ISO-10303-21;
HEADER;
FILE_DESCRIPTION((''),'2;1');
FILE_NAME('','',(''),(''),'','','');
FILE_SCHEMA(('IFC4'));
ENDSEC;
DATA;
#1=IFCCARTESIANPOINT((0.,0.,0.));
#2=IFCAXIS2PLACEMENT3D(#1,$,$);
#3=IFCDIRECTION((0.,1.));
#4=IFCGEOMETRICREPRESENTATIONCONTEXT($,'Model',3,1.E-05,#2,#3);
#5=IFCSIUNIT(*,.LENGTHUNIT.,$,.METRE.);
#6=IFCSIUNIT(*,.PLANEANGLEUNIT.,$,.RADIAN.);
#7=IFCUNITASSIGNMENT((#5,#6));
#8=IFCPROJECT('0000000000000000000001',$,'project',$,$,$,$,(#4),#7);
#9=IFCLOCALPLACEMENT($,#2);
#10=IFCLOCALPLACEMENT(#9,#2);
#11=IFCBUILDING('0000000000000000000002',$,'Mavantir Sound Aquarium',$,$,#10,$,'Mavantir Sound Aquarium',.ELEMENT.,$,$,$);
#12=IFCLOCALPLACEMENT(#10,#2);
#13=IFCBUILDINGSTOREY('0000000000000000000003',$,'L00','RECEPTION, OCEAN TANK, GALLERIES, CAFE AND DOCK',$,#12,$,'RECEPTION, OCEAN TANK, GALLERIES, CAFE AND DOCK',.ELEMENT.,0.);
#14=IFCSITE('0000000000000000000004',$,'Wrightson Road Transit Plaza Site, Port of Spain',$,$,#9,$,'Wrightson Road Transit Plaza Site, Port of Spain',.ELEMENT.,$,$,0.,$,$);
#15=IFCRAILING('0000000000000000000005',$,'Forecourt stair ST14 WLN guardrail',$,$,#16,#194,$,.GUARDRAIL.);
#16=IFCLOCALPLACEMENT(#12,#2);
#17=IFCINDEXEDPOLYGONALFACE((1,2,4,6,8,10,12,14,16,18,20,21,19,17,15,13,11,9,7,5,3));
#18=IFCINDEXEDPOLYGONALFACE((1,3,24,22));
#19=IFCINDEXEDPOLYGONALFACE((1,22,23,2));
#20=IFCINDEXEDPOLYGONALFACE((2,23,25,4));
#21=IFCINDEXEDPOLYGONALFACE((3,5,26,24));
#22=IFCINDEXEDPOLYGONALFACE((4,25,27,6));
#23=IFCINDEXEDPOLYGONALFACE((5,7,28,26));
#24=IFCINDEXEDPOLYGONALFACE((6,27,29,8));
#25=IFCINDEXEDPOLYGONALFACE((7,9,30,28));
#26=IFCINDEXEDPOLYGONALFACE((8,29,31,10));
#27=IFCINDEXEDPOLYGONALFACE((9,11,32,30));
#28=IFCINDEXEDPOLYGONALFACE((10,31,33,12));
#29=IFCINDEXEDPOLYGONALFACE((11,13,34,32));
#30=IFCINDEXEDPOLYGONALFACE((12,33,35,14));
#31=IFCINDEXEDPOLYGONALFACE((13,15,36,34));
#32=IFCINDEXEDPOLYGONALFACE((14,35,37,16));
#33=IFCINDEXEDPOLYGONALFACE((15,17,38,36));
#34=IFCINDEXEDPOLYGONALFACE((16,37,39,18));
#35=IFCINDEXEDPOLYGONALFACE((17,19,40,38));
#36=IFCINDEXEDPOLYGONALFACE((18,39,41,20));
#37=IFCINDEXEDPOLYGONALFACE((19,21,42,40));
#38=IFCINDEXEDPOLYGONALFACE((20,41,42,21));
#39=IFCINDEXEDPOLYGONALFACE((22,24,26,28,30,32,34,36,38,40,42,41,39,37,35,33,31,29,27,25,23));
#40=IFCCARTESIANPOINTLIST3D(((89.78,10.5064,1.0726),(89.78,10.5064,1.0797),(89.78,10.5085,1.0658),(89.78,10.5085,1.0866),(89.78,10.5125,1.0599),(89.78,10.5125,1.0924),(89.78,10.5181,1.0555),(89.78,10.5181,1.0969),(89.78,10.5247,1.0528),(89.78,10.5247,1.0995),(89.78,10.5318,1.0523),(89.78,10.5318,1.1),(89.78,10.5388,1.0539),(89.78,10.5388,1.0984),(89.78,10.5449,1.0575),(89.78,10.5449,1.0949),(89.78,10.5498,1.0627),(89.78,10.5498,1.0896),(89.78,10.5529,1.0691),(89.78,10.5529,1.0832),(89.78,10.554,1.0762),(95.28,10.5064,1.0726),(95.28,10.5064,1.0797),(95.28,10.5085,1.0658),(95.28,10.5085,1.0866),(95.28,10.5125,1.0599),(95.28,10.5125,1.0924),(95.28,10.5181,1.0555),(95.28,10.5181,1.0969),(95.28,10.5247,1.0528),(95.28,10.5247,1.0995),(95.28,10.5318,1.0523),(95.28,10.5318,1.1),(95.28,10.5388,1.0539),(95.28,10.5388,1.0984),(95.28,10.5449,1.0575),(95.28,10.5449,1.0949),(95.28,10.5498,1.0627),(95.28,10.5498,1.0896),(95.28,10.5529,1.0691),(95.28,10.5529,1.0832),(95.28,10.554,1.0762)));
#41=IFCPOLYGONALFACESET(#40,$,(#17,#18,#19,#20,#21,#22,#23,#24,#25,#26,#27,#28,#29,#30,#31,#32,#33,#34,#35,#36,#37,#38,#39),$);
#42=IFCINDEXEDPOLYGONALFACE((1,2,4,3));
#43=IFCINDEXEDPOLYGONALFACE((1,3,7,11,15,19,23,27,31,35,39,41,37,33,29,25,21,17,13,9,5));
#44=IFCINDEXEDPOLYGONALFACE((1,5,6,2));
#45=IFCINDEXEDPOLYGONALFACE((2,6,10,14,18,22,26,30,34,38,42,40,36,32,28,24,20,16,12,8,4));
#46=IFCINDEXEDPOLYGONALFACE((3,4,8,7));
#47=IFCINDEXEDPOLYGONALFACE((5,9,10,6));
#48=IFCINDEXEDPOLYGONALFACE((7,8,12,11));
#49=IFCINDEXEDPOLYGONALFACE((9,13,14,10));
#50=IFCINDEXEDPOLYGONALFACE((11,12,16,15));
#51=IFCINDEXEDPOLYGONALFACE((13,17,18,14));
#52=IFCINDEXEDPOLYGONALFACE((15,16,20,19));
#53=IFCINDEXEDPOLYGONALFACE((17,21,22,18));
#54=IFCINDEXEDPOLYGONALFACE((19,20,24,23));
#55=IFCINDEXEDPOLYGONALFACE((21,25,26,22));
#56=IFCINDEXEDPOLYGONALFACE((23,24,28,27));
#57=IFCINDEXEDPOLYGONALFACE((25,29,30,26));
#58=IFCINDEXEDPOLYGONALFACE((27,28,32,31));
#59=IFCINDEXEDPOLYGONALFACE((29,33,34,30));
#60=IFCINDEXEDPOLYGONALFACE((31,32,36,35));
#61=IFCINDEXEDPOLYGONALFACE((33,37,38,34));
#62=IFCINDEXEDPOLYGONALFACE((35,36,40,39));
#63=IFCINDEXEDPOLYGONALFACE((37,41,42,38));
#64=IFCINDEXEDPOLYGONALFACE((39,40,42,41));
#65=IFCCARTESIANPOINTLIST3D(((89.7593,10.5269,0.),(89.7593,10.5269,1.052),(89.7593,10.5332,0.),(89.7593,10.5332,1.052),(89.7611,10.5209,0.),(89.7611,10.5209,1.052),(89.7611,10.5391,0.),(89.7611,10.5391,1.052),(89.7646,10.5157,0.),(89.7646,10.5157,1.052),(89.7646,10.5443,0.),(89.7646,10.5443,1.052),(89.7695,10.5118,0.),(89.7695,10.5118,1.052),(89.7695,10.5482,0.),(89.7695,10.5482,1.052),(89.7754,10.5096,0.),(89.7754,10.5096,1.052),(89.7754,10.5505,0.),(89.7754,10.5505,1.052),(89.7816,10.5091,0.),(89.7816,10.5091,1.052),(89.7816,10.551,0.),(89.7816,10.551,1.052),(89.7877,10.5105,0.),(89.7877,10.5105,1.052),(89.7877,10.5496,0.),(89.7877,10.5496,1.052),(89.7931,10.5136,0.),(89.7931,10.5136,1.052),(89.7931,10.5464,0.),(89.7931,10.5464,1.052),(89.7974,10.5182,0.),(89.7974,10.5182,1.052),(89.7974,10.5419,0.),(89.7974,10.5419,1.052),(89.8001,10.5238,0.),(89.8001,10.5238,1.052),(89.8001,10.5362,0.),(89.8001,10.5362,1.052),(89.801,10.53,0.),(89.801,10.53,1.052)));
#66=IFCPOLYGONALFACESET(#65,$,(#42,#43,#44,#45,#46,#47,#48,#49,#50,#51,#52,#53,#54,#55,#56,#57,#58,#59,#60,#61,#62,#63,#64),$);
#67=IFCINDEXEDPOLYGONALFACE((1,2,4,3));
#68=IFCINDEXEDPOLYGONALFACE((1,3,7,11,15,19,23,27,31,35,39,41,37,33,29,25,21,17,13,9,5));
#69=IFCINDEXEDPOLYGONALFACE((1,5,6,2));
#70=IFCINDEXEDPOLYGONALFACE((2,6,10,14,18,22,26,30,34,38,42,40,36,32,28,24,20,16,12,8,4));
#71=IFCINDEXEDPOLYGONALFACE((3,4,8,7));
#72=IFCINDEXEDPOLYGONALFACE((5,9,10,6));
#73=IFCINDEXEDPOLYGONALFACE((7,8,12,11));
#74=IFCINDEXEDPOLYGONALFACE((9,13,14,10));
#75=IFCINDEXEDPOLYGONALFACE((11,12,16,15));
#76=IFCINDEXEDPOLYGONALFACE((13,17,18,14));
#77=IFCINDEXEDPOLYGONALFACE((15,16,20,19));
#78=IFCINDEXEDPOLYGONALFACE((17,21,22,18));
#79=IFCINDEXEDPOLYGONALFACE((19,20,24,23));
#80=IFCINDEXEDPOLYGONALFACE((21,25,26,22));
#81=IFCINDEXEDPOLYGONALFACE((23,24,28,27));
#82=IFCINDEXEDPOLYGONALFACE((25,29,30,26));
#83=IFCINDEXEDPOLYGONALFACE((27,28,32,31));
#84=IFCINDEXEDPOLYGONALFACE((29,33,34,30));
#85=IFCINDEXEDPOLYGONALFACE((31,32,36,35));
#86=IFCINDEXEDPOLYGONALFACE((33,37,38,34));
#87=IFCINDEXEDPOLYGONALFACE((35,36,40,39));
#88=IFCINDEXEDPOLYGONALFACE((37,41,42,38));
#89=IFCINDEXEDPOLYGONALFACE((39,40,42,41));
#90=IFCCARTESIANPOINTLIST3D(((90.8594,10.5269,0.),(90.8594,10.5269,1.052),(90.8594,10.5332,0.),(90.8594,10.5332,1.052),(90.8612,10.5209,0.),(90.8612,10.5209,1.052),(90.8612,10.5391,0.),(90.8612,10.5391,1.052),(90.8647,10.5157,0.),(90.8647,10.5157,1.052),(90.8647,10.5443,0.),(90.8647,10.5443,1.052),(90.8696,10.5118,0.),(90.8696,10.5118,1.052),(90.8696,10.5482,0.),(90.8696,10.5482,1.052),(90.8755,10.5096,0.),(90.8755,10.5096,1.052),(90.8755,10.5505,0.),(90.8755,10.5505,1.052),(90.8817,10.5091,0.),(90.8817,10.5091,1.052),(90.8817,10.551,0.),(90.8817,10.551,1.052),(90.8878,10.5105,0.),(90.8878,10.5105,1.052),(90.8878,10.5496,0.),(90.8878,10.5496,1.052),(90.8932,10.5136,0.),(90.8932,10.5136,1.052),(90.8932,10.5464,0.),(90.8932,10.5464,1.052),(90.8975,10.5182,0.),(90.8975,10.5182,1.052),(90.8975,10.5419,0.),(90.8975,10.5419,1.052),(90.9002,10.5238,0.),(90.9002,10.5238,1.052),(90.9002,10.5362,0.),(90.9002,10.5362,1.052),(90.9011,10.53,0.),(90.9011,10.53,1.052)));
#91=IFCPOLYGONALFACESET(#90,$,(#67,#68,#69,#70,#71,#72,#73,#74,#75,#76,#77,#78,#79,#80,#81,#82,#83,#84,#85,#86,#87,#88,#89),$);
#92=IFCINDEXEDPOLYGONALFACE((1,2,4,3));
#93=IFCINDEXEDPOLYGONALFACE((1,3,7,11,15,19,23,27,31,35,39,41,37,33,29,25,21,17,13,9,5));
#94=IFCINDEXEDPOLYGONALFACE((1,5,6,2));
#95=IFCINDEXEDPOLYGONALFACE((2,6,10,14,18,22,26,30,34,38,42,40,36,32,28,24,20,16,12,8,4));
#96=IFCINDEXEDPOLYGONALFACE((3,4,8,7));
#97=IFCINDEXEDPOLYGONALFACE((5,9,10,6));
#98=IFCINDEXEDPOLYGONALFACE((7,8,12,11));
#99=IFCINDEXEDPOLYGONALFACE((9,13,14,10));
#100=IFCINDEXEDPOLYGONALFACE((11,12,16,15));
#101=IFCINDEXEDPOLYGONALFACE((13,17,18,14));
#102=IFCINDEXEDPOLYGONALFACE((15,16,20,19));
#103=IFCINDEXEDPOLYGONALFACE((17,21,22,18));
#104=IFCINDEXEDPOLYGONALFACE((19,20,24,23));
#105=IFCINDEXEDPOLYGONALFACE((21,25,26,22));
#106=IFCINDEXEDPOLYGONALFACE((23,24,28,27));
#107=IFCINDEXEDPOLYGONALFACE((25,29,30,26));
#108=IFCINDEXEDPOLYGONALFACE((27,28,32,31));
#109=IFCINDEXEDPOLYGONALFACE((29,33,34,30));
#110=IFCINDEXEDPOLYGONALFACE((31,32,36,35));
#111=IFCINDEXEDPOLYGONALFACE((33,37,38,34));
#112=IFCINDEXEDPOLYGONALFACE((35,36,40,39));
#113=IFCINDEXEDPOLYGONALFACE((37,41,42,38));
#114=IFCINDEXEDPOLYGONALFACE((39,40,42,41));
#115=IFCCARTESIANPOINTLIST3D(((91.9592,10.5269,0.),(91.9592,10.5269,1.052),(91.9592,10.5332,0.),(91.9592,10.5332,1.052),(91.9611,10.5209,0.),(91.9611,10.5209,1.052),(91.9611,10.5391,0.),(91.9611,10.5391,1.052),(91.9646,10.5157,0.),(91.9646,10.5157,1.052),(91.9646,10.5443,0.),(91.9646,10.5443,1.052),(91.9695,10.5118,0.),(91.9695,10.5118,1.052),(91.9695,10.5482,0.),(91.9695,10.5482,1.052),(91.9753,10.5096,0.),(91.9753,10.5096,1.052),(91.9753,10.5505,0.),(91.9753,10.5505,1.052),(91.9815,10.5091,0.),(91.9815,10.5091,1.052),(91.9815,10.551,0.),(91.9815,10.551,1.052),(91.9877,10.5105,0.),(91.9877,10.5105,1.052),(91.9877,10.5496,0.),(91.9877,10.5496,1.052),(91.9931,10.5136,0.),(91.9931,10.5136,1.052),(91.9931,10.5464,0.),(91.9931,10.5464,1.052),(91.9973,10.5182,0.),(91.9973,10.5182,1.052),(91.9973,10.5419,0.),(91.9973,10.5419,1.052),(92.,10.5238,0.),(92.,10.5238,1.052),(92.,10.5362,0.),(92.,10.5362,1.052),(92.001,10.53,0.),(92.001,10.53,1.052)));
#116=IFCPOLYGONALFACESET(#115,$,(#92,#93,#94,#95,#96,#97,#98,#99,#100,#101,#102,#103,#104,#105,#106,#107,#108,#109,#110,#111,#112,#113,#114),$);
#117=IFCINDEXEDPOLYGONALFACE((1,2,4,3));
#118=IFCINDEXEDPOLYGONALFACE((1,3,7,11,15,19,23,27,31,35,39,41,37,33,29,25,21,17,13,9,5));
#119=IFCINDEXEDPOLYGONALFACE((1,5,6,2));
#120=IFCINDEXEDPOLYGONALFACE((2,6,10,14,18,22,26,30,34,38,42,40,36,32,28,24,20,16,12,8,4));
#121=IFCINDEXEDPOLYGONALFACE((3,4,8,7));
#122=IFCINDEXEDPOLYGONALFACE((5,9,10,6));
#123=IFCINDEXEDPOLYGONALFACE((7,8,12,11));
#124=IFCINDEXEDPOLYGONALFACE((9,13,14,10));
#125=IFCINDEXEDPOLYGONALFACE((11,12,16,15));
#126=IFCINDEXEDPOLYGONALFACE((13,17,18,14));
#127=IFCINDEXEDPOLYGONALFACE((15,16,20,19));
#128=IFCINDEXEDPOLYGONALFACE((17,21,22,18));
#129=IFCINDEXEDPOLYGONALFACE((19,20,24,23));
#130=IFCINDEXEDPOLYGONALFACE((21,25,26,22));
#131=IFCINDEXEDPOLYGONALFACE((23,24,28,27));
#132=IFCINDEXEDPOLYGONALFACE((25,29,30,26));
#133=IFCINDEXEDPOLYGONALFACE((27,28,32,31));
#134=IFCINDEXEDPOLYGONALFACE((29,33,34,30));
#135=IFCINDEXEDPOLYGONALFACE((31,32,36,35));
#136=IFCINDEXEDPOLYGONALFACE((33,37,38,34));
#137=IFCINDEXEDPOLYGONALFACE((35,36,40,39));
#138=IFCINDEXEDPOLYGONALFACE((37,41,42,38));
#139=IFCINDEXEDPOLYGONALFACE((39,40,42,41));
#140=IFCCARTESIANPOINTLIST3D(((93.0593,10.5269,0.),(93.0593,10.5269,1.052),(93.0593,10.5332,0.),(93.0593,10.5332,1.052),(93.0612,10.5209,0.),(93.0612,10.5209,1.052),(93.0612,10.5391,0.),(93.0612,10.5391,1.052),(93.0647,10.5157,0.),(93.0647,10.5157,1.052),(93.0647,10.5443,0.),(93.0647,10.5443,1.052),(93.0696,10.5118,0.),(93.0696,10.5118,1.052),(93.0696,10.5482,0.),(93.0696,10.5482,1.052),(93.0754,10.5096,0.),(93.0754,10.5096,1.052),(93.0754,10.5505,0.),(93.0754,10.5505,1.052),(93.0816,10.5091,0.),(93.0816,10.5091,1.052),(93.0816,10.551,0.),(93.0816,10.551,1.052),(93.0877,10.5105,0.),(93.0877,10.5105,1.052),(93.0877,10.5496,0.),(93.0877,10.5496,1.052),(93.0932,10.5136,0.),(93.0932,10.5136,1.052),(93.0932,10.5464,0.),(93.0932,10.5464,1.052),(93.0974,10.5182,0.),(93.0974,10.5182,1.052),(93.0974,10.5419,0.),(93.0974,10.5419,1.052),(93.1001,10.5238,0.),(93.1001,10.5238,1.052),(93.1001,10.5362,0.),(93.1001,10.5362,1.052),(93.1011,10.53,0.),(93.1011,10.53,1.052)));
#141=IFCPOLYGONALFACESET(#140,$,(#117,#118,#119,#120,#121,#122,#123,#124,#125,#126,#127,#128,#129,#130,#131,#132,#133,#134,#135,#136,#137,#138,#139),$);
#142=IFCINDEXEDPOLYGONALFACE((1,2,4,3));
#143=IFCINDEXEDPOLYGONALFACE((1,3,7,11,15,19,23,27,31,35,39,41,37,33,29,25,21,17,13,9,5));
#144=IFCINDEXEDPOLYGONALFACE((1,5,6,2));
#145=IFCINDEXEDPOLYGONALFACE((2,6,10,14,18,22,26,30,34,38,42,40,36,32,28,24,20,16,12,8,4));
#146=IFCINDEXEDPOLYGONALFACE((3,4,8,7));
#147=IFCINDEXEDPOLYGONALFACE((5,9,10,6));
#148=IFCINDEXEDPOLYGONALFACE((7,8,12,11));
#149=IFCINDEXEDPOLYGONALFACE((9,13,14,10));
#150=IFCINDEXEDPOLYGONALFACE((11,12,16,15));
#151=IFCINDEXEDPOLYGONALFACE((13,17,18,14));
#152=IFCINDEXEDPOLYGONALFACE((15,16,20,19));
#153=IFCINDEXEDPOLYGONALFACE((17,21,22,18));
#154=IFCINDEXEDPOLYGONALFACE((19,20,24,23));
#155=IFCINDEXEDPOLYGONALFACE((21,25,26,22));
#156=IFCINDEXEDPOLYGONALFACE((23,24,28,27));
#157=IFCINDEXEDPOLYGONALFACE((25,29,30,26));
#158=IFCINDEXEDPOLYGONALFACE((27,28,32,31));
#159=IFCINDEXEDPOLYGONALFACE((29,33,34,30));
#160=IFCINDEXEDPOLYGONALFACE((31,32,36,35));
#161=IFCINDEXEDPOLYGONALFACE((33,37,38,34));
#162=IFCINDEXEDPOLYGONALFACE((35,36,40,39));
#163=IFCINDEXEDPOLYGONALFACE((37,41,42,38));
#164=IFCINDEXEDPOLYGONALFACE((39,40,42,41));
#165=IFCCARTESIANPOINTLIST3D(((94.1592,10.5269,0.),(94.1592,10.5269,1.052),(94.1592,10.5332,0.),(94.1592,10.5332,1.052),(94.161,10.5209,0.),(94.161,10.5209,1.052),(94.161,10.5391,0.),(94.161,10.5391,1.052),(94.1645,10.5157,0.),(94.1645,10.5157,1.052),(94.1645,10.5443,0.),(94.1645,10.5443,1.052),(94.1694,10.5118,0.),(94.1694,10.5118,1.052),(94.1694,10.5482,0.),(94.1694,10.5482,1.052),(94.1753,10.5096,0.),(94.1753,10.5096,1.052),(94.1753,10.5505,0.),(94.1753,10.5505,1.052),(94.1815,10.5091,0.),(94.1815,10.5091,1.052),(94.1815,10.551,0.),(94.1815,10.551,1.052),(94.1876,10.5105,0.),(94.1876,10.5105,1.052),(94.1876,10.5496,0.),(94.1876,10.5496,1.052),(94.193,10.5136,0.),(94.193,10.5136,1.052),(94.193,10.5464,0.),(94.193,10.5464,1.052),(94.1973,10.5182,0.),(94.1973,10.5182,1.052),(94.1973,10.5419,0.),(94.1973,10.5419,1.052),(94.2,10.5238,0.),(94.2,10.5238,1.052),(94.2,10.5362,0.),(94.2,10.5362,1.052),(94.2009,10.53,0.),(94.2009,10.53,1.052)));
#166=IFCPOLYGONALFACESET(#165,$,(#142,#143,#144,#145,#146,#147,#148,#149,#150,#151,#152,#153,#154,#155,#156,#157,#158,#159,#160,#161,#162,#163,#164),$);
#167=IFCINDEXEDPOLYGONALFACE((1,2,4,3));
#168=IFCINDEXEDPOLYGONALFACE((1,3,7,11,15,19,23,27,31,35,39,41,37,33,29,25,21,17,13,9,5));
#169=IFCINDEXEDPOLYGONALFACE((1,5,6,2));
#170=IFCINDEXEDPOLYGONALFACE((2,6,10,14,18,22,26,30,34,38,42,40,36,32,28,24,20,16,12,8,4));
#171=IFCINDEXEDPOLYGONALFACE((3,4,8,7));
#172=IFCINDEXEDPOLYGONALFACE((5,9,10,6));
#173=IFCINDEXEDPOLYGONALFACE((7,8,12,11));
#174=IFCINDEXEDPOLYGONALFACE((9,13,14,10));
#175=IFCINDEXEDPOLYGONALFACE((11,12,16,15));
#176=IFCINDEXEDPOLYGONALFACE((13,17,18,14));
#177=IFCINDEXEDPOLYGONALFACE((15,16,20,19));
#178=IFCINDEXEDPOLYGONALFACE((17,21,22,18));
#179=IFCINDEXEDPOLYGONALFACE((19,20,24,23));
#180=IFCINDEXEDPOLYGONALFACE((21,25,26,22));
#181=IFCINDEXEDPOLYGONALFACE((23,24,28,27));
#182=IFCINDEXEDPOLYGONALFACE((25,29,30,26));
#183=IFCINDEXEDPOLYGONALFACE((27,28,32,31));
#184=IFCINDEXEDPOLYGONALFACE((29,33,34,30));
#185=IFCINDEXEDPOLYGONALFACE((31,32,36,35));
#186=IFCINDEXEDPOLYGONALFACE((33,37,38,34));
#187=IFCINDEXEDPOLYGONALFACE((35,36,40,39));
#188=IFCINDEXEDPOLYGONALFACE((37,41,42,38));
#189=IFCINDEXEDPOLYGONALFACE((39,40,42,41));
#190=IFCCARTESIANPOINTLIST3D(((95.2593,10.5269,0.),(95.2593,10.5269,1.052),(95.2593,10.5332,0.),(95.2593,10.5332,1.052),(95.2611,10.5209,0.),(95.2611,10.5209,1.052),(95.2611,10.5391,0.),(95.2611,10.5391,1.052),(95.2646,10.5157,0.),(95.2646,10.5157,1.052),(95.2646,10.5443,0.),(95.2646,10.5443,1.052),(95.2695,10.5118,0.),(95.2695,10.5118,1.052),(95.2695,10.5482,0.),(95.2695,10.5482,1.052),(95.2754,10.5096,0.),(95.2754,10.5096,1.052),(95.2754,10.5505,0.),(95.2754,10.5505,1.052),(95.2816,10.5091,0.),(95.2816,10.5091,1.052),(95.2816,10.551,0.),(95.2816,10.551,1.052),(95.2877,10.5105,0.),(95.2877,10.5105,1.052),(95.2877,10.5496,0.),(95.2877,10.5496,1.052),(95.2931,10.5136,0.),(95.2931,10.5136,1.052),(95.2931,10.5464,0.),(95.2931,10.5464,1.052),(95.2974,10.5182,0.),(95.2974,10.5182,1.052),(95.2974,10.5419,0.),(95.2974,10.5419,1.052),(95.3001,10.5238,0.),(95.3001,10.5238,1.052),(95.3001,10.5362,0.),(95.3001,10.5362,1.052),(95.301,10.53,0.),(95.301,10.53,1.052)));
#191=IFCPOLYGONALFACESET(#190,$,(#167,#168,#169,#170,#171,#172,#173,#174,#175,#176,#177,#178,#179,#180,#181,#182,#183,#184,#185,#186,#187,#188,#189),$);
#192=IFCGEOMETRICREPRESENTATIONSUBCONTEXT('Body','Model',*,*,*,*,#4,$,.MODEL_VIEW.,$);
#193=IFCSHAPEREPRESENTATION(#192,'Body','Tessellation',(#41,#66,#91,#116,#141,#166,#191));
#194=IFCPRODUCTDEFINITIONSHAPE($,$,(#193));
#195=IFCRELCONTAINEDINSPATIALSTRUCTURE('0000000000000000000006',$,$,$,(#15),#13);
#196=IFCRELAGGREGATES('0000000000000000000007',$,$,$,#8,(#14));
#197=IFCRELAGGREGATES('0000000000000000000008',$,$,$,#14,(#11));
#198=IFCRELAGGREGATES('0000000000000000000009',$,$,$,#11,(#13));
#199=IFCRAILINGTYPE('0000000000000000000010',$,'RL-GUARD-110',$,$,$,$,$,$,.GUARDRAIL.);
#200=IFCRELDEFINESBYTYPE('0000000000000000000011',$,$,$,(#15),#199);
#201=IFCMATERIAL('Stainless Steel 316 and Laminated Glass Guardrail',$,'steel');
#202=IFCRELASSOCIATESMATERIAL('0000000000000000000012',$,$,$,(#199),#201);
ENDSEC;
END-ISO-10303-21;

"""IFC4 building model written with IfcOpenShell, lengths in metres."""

from ifc_helpers import new_model, si_unit, direction, frame, origin, origin_2d, place, context, subcontext, project, spatial, circle, extrude, material, type_object, element, save


model = new_model("IFC4")

# Units and contexts
model_context = context("Model", 3, precision=1e-05, world=origin(), true_north=direction((0.0, 1.0)))
body_context = subcontext(model_context, "Body", "Model", "MODEL_VIEW")
ifc_project = project(units=[si_unit("LENGTHUNIT", "METRE"), si_unit("PLANEANGLEUNIT", "RADIAN")], contexts=[model_context])

# Site, building, storey
site_placement = place(None, origin())
site = spatial("IfcSite", under=ifc_project, at=site_placement, Name="Wrightson Road Transit Plaza Site, Port of Spain", LongName="Wrightson Road Transit Plaza Site, Port of Spain", CompositionType="ELEMENT", RefElevation=0.0)
building_placement = place(site_placement, origin())
building = spatial("IfcBuilding", under=site, at=building_placement, Name="Mavantir Sound Aquarium", LongName="Mavantir Sound Aquarium", CompositionType="ELEMENT")
storey_placement = place(building_placement, origin())
storey = spatial("IfcBuildingStorey", under=building, at=storey_placement, Name="L00", Description="RECEPTION, OCEAN TANK, GALLERIES, CAFE AND DOCK", LongName="RECEPTION, OCEAN TANK, GALLERIES, CAFE AND DOCK", CompositionType="ELEMENT", Elevation=0.0)

# Railing
ifc_material_1 = material(Name="Stainless Steel 316 and Laminated Glass Guardrail", Category="steel")
railing_type_1 = type_object("IfcRailingType", Name="RL-GUARD-110", PredefinedType="GUARDRAIL", material=ifc_material_1)
for number, where, name in (
    (1, (89.78, 10.53, 0.0), "Forecourt stair ST14 WLN guardrail"),
):
    element("IfcRailing", number, at=place(storey_placement, frame(where)), inside=storey, type_object=railing_type_1, Name=name, PredefinedType="GUARDRAIL", context=body_context, shape_type="SweptSolid", body=[
        extrude(circle(Radius=0.0239, at=origin_2d()), frame((0.0, 0.0, 1.0762), z_axis=(1.0, 0.0, 0.0), x_axis=(0.0, 1.0, 0.0)), (0.0, 0.0, 1.0), 5.5),
        extrude(circle(Radius=0.021, at=origin_2d()), origin(), (0.0, 0.0, 1.0), 1.052),
        extrude(circle(Radius=0.021, at=origin_2d()), frame((1.1001, 0.0, 0.0)), (0.0, 0.0, 1.0), 1.052),
        extrude(circle(Radius=0.021, at=origin_2d()), frame((2.2, 0.0, 0.0)), (0.0, 0.0, 1.0), 1.052),
        extrude(circle(Radius=0.021, at=origin_2d()), frame((3.3, 0.0, 0.0)), (0.0, 0.0, 1.0), 1.052),
        extrude(circle(Radius=0.021, at=origin_2d()), frame((4.3999, 0.0, 0.0)), (0.0, 0.0, 1.0), 1.052),
        extrude(circle(Radius=0.021, at=origin_2d()), frame((5.5, 0.0, 0.0)), (0.0, 0.0, 1.0), 1.052),
    ])

save(model, "model.ifc")
